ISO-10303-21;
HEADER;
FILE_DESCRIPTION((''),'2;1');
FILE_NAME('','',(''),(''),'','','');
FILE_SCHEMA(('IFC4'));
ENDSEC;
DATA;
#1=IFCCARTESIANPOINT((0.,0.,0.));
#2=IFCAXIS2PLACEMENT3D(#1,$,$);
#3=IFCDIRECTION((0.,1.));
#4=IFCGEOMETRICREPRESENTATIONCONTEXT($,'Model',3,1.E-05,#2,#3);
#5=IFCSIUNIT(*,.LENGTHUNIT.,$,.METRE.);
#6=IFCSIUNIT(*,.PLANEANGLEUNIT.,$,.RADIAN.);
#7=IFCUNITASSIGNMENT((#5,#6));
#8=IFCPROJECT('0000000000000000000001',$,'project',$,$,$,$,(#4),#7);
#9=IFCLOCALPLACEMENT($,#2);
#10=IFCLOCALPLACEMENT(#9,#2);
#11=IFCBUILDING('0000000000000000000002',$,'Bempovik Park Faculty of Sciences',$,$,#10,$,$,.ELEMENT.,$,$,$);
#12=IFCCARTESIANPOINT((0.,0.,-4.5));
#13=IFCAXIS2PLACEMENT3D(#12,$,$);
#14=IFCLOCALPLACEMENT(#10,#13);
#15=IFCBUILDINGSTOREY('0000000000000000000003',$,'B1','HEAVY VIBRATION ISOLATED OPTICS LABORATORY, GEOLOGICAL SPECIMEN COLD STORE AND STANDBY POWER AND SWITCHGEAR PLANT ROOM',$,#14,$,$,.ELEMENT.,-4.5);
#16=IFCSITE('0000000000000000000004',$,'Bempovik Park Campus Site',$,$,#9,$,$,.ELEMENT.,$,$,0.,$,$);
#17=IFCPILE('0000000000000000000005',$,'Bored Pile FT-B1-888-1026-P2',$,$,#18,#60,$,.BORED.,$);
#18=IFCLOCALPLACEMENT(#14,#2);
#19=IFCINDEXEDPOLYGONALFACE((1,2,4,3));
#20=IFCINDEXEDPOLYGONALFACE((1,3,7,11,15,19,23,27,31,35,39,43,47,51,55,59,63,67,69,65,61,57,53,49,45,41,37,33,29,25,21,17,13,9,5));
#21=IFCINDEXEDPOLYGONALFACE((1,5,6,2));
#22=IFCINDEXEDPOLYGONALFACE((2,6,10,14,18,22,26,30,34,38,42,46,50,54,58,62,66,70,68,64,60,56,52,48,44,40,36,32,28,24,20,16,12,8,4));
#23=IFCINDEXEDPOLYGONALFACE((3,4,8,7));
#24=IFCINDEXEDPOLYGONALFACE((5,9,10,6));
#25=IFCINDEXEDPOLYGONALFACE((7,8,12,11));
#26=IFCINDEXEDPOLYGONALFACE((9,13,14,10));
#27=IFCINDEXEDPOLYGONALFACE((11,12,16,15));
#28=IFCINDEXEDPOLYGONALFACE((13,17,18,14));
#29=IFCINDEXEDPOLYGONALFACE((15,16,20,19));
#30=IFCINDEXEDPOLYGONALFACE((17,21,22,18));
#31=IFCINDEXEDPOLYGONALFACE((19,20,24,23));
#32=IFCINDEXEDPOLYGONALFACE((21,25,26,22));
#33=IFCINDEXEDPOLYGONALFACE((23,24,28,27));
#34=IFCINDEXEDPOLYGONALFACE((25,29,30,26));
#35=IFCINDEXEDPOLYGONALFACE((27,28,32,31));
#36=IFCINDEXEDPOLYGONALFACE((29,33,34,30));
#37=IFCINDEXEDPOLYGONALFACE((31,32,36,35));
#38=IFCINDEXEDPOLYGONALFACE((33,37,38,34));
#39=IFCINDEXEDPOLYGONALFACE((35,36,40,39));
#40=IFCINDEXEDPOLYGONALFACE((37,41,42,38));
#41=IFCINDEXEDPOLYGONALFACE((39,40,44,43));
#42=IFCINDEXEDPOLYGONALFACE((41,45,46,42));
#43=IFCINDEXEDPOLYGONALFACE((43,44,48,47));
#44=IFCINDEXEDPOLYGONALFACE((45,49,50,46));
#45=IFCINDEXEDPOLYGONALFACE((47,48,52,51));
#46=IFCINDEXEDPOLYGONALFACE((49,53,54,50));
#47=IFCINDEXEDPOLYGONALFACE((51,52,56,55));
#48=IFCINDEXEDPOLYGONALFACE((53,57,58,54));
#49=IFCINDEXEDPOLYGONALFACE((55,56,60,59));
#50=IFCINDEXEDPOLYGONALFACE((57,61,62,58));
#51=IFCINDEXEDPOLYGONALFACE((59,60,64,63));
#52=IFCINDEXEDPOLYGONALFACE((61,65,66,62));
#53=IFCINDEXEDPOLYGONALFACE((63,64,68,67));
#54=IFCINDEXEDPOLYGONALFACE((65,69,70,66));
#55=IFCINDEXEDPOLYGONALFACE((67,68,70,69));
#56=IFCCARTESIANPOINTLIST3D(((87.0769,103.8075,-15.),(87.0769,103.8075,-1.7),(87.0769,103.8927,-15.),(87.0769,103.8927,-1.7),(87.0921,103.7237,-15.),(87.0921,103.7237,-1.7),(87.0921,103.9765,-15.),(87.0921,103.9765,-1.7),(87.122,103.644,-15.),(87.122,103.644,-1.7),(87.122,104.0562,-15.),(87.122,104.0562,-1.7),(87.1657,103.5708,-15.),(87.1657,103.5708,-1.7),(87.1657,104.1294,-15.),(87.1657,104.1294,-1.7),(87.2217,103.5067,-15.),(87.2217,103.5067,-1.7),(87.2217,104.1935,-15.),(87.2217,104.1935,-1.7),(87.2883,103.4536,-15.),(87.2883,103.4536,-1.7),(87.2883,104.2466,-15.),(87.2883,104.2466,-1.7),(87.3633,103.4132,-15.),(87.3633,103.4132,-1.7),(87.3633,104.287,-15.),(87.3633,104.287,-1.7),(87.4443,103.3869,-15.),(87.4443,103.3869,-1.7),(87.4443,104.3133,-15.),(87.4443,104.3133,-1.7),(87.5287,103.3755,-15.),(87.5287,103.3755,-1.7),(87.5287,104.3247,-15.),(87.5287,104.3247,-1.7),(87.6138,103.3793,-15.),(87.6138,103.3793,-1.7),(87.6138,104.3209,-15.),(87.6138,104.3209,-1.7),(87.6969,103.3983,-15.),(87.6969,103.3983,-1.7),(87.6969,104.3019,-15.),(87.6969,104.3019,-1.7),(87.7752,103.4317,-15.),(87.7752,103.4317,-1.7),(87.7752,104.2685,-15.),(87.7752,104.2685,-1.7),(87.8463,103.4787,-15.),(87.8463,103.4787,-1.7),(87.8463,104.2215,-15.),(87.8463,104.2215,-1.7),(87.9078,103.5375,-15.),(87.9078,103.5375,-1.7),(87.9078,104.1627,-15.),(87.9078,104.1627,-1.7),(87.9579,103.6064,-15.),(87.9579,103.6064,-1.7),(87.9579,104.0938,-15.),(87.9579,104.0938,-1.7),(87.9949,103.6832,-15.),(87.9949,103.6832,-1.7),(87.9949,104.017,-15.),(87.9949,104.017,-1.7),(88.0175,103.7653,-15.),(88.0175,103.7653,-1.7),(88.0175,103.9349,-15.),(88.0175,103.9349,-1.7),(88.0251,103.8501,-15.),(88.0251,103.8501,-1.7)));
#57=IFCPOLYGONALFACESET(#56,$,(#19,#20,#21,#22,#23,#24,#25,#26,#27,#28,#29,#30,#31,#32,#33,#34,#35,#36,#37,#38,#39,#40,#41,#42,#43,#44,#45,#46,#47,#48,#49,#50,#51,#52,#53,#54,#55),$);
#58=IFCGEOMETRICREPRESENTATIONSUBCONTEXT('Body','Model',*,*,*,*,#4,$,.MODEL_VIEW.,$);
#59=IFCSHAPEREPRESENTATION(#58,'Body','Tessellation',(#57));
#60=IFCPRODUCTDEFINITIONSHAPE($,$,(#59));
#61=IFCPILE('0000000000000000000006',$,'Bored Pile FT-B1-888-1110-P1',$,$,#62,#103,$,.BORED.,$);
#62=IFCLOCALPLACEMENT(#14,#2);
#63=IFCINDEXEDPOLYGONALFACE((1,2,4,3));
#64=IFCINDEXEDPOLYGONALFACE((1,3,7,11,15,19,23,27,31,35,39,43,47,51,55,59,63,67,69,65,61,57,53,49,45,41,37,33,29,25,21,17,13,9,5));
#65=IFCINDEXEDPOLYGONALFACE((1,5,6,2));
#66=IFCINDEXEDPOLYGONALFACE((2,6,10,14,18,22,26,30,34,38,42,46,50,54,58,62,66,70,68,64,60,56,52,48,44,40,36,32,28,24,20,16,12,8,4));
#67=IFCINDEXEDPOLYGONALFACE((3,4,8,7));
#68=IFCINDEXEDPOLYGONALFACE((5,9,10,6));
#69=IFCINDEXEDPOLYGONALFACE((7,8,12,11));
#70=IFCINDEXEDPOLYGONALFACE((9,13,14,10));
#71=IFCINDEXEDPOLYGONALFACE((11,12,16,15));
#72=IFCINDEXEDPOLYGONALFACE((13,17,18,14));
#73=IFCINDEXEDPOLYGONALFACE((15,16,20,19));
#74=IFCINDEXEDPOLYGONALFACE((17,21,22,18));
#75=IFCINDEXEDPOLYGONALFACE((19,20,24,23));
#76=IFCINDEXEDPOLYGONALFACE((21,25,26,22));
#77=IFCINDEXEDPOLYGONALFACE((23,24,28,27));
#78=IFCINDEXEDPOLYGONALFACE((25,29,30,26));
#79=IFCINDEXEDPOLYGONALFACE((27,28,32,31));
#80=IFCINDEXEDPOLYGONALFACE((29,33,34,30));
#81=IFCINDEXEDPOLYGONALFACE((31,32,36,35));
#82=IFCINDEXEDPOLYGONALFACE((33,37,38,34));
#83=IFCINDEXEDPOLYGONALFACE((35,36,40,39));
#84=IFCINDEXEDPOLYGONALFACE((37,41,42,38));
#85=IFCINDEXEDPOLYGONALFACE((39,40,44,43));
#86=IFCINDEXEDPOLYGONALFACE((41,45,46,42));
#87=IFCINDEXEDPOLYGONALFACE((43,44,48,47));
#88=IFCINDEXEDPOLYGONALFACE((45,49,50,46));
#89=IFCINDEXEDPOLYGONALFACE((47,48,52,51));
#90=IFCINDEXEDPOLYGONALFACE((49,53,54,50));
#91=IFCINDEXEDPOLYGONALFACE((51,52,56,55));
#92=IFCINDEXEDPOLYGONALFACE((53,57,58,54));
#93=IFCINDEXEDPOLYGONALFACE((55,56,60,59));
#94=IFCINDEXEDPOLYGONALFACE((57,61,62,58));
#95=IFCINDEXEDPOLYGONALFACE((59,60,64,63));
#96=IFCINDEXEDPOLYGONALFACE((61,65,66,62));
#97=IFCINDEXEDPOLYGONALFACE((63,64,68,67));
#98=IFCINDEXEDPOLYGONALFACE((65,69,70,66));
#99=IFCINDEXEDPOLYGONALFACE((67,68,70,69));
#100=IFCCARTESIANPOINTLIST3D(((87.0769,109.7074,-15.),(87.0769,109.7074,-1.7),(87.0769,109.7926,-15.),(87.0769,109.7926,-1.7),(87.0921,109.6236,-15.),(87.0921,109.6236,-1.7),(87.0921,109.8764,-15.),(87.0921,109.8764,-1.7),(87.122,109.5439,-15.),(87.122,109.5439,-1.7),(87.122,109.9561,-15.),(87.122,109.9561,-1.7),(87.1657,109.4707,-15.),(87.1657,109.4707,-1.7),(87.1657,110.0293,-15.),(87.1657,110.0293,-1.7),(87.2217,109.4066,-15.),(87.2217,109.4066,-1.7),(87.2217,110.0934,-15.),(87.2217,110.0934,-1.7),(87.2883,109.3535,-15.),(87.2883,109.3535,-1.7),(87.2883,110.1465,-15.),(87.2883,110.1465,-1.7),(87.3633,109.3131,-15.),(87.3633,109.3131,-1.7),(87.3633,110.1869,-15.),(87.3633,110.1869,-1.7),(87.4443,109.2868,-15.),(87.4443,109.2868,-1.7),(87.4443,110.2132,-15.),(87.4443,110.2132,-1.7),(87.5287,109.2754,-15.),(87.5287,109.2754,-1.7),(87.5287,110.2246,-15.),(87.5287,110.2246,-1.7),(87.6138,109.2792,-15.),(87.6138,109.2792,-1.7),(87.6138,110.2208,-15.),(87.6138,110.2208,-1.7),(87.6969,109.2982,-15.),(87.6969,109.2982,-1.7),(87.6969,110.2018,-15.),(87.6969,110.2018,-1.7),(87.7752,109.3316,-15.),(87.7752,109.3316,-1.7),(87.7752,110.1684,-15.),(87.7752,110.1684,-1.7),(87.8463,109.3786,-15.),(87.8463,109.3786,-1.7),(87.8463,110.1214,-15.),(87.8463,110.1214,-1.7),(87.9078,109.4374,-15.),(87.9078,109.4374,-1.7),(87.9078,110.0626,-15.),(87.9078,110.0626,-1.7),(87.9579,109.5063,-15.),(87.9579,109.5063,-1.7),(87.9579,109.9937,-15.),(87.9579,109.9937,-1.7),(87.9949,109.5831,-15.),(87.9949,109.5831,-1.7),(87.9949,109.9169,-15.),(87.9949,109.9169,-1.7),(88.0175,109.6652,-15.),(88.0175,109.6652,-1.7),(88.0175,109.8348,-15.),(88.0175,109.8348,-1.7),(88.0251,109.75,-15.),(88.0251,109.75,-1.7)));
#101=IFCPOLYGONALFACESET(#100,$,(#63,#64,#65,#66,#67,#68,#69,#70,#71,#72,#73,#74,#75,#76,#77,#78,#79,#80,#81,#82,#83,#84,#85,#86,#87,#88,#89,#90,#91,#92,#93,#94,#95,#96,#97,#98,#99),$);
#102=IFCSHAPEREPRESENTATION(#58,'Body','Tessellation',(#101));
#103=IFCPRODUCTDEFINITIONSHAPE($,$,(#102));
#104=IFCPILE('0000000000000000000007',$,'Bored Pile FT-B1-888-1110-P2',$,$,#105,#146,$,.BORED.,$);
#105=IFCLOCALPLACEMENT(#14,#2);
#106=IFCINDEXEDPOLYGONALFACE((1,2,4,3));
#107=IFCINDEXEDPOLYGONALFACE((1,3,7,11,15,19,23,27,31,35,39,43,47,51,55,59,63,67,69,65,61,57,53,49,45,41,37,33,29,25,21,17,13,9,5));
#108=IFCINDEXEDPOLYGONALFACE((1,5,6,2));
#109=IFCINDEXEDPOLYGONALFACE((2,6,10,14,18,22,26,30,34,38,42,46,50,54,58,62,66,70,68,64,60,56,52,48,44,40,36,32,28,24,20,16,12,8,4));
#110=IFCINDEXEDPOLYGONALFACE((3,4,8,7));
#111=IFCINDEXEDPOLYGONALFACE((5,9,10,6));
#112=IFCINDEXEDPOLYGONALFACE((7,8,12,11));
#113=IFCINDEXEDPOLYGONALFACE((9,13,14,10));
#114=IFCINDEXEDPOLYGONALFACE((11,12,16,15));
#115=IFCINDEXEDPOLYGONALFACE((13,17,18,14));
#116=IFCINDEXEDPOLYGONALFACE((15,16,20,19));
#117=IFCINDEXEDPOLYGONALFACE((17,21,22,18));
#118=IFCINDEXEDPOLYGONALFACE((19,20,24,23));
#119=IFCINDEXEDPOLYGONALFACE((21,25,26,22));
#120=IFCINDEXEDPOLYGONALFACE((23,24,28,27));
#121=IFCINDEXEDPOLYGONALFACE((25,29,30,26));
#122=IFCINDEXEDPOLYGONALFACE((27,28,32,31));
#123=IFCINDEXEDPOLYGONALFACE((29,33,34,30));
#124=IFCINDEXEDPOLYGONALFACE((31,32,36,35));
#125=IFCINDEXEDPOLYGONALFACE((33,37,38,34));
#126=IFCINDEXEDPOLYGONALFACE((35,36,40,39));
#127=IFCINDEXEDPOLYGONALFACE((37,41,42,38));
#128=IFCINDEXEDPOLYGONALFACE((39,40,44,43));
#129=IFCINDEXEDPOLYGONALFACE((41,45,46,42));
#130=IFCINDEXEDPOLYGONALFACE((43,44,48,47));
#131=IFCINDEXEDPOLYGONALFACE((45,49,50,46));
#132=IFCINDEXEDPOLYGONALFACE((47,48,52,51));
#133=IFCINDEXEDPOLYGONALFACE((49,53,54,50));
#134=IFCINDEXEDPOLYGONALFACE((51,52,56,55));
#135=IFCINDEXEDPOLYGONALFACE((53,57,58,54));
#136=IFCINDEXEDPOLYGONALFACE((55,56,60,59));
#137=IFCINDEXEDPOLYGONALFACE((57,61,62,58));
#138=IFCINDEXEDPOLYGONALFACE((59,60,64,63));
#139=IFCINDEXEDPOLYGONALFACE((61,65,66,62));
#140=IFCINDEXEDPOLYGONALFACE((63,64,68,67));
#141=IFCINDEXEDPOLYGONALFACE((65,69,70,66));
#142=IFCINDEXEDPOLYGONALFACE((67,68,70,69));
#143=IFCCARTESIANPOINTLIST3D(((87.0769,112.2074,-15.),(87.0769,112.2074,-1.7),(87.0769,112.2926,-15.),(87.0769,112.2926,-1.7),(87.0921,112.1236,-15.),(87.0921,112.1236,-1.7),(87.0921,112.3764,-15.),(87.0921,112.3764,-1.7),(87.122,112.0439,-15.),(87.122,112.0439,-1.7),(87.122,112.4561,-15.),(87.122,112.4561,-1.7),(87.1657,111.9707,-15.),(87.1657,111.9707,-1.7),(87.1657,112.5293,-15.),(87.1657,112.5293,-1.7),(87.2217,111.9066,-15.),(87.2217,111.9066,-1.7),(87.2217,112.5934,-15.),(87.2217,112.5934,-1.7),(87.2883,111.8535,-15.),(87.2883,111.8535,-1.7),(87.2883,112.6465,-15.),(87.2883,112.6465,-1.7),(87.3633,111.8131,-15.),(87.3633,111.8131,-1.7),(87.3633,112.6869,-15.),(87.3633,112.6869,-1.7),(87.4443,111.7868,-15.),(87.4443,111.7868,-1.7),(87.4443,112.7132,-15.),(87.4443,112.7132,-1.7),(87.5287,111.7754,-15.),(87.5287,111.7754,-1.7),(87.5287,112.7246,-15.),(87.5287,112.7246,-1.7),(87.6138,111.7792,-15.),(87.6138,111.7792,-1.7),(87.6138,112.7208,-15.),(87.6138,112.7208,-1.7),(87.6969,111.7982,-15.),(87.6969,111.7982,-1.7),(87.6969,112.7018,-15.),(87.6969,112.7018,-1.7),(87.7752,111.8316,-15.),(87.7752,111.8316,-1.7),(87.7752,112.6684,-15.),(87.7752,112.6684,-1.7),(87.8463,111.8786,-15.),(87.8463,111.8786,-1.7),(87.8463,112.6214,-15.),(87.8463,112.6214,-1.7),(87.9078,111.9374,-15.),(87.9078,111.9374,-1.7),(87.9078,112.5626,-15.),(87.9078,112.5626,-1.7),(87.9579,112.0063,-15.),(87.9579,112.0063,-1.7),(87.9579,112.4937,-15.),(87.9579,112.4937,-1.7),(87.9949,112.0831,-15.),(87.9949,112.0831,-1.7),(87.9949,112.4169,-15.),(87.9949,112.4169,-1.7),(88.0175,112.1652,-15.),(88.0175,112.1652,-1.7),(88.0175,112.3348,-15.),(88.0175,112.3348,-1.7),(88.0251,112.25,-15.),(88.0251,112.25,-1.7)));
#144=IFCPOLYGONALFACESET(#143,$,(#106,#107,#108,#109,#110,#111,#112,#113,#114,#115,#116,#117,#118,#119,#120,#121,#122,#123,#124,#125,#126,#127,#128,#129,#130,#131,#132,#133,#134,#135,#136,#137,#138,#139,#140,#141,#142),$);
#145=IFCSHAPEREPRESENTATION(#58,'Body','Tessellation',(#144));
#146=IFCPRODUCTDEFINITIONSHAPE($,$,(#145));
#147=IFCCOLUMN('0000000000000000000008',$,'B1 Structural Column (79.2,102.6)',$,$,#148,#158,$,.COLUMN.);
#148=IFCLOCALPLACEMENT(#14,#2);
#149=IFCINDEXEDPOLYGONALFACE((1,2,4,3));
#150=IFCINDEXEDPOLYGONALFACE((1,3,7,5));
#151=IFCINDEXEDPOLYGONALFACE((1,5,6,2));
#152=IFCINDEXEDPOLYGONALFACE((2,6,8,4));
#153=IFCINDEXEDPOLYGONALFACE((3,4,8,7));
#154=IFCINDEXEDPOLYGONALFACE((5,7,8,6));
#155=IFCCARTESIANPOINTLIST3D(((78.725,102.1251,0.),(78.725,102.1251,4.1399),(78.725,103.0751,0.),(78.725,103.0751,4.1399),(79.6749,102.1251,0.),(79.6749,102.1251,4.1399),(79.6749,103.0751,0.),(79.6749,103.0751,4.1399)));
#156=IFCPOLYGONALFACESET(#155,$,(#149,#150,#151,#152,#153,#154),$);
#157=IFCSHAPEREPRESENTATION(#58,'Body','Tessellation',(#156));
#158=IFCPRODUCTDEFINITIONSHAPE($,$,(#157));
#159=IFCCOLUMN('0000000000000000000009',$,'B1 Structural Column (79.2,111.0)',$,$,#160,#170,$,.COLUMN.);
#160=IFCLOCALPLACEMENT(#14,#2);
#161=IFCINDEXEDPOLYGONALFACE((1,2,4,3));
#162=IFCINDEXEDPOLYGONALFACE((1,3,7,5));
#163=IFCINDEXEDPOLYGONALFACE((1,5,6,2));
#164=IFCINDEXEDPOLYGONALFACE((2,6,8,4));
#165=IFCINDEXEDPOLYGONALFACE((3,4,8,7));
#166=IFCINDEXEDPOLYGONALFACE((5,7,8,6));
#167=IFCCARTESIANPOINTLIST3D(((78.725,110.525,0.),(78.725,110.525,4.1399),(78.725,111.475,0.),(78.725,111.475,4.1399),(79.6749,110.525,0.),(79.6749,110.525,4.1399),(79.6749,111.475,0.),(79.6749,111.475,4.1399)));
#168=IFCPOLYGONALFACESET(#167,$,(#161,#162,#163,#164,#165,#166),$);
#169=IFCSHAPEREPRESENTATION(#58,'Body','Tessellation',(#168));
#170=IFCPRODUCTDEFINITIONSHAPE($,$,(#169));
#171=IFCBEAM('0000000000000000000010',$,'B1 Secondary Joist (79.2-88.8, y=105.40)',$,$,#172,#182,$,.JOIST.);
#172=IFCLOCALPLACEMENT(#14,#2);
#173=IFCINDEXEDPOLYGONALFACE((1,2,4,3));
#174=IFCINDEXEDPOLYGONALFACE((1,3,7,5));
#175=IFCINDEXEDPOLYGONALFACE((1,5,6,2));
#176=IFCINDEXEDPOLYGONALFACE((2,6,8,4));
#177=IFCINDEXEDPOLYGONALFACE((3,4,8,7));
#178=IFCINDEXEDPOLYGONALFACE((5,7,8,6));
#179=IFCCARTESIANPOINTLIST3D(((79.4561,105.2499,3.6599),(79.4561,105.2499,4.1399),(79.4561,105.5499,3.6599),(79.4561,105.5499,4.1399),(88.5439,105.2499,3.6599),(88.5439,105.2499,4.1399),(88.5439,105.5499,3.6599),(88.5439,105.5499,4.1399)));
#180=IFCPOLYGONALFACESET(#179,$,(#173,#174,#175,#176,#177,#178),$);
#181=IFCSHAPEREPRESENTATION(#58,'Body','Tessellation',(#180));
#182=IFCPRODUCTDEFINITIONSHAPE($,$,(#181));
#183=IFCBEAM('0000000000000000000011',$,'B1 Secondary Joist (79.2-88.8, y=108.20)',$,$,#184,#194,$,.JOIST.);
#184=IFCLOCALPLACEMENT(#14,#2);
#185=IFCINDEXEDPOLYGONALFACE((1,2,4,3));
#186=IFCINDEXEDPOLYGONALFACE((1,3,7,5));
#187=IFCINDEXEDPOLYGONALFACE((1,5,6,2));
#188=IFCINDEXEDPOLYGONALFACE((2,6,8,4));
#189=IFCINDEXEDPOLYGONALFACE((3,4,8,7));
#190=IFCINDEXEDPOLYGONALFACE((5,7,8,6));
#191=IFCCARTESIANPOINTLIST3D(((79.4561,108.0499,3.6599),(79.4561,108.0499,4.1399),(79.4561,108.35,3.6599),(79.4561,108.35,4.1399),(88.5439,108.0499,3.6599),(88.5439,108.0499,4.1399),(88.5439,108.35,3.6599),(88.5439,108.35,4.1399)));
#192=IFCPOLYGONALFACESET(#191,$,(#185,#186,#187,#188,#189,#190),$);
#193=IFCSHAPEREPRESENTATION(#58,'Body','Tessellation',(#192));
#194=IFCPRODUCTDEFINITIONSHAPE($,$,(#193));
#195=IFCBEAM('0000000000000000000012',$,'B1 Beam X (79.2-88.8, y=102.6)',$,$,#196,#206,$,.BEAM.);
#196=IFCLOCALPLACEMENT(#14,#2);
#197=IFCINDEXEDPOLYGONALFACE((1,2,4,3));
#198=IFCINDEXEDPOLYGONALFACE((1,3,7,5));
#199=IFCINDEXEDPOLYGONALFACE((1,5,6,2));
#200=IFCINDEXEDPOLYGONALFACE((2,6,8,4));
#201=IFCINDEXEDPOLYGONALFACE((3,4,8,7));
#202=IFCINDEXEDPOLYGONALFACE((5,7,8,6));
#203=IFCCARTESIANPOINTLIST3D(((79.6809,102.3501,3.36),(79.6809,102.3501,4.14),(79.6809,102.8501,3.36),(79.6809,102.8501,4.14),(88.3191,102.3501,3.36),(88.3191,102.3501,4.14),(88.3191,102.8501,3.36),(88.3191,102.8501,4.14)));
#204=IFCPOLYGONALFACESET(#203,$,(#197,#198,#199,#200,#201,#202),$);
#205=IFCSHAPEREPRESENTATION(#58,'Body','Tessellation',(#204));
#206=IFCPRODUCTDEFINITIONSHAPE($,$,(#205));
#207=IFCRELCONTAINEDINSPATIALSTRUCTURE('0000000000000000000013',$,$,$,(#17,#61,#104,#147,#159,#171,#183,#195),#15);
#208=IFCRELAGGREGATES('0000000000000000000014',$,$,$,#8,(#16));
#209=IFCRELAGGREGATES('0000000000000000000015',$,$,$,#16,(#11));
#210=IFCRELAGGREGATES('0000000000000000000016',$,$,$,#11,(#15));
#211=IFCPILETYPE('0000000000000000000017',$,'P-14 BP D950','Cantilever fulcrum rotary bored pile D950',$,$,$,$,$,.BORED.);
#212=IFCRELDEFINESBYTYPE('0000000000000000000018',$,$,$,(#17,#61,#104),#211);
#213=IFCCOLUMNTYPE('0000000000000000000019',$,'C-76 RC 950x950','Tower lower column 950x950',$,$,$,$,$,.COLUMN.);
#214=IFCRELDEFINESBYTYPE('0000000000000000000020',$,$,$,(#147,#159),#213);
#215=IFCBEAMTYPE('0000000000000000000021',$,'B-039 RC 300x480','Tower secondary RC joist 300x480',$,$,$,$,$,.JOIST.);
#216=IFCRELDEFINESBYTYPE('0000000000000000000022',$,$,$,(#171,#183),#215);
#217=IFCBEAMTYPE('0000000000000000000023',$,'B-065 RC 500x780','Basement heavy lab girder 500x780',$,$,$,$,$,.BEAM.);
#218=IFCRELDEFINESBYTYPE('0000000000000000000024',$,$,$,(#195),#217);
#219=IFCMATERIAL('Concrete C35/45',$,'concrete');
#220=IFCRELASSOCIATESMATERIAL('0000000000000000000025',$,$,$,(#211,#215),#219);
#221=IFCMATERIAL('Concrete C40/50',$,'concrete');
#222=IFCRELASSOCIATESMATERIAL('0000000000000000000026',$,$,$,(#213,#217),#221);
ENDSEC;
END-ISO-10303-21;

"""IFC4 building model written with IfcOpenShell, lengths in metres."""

from ifc_helpers import new_model, si_unit, direction, frame, origin, origin_2d, place, context, subcontext, project, spatial, rectangle, circle, extrude, material, material_profile, profile_set, type_object, element, save


model = new_model("IFC4")

# Units and contexts
model_context = context("Model", 3, precision=1e-05, world=origin(), true_north=direction((0.0, 1.0)))
body_context = subcontext(model_context, "Body", "Model", "MODEL_VIEW")
ifc_project = project(units=[si_unit("LENGTHUNIT", "METRE"), si_unit("PLANEANGLEUNIT", "RADIAN")], contexts=[model_context])

# Site, building, storey
site_placement = place(None, origin())
site = spatial("IfcSite", under=ifc_project, at=site_placement, Name="Bempovik Park Campus Site", CompositionType="ELEMENT", RefElevation=0.0)
building_placement = place(site_placement, origin())
building = spatial("IfcBuilding", under=site, at=building_placement, Name="Bempovik Park Faculty of Sciences", CompositionType="ELEMENT")
storey_placement = place(building_placement, frame((0.0, 0.0, -4.5)))
storey = spatial("IfcBuildingStorey", under=building, at=storey_placement, Name="B1", Description="HEAVY VIBRATION ISOLATED OPTICS LABORATORY, GEOLOGICAL SPECIMEN COLD STORE AND STANDBY POWER AND SWITCHGEAR PLANT ROOM", CompositionType="ELEMENT", Elevation=-4.5)

# Shared definitions
ifc_material_1 = material(Name="Concrete C35/45", Category="concrete")

# Piles
ifc_material_profile_1 = material_profile(ifc_material_1, circle(Radius=0.4751, at=origin_2d()), Name="BP D950")
ifc_profile_set_1 = profile_set([ifc_material_profile_1], Name="Concrete C35/45")
pile_type = type_object("IfcPileType", Name="P-14 BP D950", Description="Cantilever fulcrum rotary bored pile D950", PredefinedType="BORED", material=ifc_profile_set_1)
for number, where, z_axis, x_axis, name in (
    (1, (87.55, 103.8501, -1.7), (0.0, 0.0, -1.0), (1.0, 0.0, 0.0), "Bored Pile FT-B1-888-1026-P2"),
    (2, (87.55, 109.75, -1.7), (0.0, 0.0, -1.0), (1.0, 0.0, 0.0), "Bored Pile FT-B1-888-1110-P1"),
    (3, (87.55, 112.25, -1.7), (0.0, 0.0, -1.0), (1.0, 0.0, 0.0), "Bored Pile FT-B1-888-1110-P2"),
):
    element("IfcPile", number, at=place(storey_placement, frame(where, z_axis=z_axis, x_axis=x_axis)), inside=storey, type_object=pile_type, Name=name, PredefinedType="BORED", context=body_context, shape_type="SweptSolid", body=[
        extrude(circle(Radius=0.4751, at=origin_2d()), origin(), (0.0, 0.0, 1.0), 13.3),
    ])

# Columns
ifc_material_2 = material(Name="Concrete C40/50", Category="concrete")
ifc_material_profile_2 = material_profile(ifc_material_2, rectangle(XDim=0.95, YDim=0.95, at=origin_2d()), Name="RC 950x950")
ifc_profile_set_2 = profile_set([ifc_material_profile_2], Name="Concrete C40/50")
column_type = type_object("IfcColumnType", Name="C-76 RC 950x950", Description="Tower lower column 950x950", PredefinedType="COLUMN", material=ifc_profile_set_2)
for number, where, z_axis, x_axis, name in (
    (4, (79.2, 102.6001, 0.0), (0.0, 0.0, 1.0), (1.0, 0.0, 0.0), "B1 Structural Column (79.2,102.6)"),
    (5, (79.2, 111.0, 0.0), (0.0, 0.0, 1.0), (1.0, 0.0, 0.0), "B1 Structural Column (79.2,111.0)"),
):
    element("IfcColumn", number, at=place(storey_placement, frame(where, z_axis=z_axis, x_axis=x_axis)), inside=storey, type_object=column_type, Name=name, PredefinedType="COLUMN", context=body_context, shape_type="SweptSolid", body=[
        extrude(rectangle(XDim=0.95, YDim=0.95, at=origin_2d()), origin(), (0.0, 0.0, 1.0), 4.1399),
    ])

# Beams
ifc_material_profile_3 = material_profile(ifc_material_1, rectangle(XDim=0.3, YDim=0.48, at=origin_2d()), Name="RC 300x480")
ifc_profile_set_3 = profile_set([ifc_material_profile_3], Name="Concrete C35/45")
beam_type_1 = type_object("IfcBeamType", Name="B-039 RC 300x480", Description="Tower secondary RC joist 300x480", PredefinedType="JOIST", material=ifc_profile_set_3)
for number, where, z_axis, x_axis, name in (
    (6, (79.4561, 105.3999, 3.8999), (1.0, 0.0, 0.0), (0.0, 1.0, 0.0), "B1 Secondary Joist (79.2-88.8, y=105.40)"),
    (7, (79.4561, 108.2, 3.8999), (1.0, 0.0, 0.0), (0.0, 1.0, 0.0), "B1 Secondary Joist (79.2-88.8, y=108.20)"),
):
    element("IfcBeam", number, at=place(storey_placement, frame(where, z_axis=z_axis, x_axis=x_axis)), inside=storey, type_object=beam_type_1, Name=name, PredefinedType="JOIST", context=body_context, shape_type="SweptSolid", body=[
        extrude(rectangle(XDim=0.3, YDim=0.48, at=origin_2d()), origin(), (0.0, 0.0, 1.0), 9.0879),
    ])
ifc_material_profile_4 = material_profile(ifc_material_2, rectangle(XDim=0.5, YDim=0.78, at=origin_2d()), Name="RC 500x780")
ifc_profile_set_4 = profile_set([ifc_material_profile_4], Name="Concrete C40/50")
beam_type_2 = type_object("IfcBeamType", Name="B-065 RC 500x780", Description="Basement heavy lab girder 500x780", PredefinedType="BEAM", material=ifc_profile_set_4)
for number, where, z_axis, x_axis, name in (
    (8, (79.6809, 102.6001, 3.75), (1.0, 0.0, 0.0), (0.0, 1.0, 0.0), "B1 Beam X (79.2-88.8, y=102.6)"),
):
    element("IfcBeam", number, at=place(storey_placement, frame(where, z_axis=z_axis, x_axis=x_axis)), inside=storey, type_object=beam_type_2, Name=name, PredefinedType="BEAM", context=body_context, shape_type="SweptSolid", body=[
        extrude(rectangle(XDim=0.5, YDim=0.78, at=origin_2d()), origin(), (0.0, 0.0, 1.0), 8.6382),
    ])

save(model, "model.ifc")
